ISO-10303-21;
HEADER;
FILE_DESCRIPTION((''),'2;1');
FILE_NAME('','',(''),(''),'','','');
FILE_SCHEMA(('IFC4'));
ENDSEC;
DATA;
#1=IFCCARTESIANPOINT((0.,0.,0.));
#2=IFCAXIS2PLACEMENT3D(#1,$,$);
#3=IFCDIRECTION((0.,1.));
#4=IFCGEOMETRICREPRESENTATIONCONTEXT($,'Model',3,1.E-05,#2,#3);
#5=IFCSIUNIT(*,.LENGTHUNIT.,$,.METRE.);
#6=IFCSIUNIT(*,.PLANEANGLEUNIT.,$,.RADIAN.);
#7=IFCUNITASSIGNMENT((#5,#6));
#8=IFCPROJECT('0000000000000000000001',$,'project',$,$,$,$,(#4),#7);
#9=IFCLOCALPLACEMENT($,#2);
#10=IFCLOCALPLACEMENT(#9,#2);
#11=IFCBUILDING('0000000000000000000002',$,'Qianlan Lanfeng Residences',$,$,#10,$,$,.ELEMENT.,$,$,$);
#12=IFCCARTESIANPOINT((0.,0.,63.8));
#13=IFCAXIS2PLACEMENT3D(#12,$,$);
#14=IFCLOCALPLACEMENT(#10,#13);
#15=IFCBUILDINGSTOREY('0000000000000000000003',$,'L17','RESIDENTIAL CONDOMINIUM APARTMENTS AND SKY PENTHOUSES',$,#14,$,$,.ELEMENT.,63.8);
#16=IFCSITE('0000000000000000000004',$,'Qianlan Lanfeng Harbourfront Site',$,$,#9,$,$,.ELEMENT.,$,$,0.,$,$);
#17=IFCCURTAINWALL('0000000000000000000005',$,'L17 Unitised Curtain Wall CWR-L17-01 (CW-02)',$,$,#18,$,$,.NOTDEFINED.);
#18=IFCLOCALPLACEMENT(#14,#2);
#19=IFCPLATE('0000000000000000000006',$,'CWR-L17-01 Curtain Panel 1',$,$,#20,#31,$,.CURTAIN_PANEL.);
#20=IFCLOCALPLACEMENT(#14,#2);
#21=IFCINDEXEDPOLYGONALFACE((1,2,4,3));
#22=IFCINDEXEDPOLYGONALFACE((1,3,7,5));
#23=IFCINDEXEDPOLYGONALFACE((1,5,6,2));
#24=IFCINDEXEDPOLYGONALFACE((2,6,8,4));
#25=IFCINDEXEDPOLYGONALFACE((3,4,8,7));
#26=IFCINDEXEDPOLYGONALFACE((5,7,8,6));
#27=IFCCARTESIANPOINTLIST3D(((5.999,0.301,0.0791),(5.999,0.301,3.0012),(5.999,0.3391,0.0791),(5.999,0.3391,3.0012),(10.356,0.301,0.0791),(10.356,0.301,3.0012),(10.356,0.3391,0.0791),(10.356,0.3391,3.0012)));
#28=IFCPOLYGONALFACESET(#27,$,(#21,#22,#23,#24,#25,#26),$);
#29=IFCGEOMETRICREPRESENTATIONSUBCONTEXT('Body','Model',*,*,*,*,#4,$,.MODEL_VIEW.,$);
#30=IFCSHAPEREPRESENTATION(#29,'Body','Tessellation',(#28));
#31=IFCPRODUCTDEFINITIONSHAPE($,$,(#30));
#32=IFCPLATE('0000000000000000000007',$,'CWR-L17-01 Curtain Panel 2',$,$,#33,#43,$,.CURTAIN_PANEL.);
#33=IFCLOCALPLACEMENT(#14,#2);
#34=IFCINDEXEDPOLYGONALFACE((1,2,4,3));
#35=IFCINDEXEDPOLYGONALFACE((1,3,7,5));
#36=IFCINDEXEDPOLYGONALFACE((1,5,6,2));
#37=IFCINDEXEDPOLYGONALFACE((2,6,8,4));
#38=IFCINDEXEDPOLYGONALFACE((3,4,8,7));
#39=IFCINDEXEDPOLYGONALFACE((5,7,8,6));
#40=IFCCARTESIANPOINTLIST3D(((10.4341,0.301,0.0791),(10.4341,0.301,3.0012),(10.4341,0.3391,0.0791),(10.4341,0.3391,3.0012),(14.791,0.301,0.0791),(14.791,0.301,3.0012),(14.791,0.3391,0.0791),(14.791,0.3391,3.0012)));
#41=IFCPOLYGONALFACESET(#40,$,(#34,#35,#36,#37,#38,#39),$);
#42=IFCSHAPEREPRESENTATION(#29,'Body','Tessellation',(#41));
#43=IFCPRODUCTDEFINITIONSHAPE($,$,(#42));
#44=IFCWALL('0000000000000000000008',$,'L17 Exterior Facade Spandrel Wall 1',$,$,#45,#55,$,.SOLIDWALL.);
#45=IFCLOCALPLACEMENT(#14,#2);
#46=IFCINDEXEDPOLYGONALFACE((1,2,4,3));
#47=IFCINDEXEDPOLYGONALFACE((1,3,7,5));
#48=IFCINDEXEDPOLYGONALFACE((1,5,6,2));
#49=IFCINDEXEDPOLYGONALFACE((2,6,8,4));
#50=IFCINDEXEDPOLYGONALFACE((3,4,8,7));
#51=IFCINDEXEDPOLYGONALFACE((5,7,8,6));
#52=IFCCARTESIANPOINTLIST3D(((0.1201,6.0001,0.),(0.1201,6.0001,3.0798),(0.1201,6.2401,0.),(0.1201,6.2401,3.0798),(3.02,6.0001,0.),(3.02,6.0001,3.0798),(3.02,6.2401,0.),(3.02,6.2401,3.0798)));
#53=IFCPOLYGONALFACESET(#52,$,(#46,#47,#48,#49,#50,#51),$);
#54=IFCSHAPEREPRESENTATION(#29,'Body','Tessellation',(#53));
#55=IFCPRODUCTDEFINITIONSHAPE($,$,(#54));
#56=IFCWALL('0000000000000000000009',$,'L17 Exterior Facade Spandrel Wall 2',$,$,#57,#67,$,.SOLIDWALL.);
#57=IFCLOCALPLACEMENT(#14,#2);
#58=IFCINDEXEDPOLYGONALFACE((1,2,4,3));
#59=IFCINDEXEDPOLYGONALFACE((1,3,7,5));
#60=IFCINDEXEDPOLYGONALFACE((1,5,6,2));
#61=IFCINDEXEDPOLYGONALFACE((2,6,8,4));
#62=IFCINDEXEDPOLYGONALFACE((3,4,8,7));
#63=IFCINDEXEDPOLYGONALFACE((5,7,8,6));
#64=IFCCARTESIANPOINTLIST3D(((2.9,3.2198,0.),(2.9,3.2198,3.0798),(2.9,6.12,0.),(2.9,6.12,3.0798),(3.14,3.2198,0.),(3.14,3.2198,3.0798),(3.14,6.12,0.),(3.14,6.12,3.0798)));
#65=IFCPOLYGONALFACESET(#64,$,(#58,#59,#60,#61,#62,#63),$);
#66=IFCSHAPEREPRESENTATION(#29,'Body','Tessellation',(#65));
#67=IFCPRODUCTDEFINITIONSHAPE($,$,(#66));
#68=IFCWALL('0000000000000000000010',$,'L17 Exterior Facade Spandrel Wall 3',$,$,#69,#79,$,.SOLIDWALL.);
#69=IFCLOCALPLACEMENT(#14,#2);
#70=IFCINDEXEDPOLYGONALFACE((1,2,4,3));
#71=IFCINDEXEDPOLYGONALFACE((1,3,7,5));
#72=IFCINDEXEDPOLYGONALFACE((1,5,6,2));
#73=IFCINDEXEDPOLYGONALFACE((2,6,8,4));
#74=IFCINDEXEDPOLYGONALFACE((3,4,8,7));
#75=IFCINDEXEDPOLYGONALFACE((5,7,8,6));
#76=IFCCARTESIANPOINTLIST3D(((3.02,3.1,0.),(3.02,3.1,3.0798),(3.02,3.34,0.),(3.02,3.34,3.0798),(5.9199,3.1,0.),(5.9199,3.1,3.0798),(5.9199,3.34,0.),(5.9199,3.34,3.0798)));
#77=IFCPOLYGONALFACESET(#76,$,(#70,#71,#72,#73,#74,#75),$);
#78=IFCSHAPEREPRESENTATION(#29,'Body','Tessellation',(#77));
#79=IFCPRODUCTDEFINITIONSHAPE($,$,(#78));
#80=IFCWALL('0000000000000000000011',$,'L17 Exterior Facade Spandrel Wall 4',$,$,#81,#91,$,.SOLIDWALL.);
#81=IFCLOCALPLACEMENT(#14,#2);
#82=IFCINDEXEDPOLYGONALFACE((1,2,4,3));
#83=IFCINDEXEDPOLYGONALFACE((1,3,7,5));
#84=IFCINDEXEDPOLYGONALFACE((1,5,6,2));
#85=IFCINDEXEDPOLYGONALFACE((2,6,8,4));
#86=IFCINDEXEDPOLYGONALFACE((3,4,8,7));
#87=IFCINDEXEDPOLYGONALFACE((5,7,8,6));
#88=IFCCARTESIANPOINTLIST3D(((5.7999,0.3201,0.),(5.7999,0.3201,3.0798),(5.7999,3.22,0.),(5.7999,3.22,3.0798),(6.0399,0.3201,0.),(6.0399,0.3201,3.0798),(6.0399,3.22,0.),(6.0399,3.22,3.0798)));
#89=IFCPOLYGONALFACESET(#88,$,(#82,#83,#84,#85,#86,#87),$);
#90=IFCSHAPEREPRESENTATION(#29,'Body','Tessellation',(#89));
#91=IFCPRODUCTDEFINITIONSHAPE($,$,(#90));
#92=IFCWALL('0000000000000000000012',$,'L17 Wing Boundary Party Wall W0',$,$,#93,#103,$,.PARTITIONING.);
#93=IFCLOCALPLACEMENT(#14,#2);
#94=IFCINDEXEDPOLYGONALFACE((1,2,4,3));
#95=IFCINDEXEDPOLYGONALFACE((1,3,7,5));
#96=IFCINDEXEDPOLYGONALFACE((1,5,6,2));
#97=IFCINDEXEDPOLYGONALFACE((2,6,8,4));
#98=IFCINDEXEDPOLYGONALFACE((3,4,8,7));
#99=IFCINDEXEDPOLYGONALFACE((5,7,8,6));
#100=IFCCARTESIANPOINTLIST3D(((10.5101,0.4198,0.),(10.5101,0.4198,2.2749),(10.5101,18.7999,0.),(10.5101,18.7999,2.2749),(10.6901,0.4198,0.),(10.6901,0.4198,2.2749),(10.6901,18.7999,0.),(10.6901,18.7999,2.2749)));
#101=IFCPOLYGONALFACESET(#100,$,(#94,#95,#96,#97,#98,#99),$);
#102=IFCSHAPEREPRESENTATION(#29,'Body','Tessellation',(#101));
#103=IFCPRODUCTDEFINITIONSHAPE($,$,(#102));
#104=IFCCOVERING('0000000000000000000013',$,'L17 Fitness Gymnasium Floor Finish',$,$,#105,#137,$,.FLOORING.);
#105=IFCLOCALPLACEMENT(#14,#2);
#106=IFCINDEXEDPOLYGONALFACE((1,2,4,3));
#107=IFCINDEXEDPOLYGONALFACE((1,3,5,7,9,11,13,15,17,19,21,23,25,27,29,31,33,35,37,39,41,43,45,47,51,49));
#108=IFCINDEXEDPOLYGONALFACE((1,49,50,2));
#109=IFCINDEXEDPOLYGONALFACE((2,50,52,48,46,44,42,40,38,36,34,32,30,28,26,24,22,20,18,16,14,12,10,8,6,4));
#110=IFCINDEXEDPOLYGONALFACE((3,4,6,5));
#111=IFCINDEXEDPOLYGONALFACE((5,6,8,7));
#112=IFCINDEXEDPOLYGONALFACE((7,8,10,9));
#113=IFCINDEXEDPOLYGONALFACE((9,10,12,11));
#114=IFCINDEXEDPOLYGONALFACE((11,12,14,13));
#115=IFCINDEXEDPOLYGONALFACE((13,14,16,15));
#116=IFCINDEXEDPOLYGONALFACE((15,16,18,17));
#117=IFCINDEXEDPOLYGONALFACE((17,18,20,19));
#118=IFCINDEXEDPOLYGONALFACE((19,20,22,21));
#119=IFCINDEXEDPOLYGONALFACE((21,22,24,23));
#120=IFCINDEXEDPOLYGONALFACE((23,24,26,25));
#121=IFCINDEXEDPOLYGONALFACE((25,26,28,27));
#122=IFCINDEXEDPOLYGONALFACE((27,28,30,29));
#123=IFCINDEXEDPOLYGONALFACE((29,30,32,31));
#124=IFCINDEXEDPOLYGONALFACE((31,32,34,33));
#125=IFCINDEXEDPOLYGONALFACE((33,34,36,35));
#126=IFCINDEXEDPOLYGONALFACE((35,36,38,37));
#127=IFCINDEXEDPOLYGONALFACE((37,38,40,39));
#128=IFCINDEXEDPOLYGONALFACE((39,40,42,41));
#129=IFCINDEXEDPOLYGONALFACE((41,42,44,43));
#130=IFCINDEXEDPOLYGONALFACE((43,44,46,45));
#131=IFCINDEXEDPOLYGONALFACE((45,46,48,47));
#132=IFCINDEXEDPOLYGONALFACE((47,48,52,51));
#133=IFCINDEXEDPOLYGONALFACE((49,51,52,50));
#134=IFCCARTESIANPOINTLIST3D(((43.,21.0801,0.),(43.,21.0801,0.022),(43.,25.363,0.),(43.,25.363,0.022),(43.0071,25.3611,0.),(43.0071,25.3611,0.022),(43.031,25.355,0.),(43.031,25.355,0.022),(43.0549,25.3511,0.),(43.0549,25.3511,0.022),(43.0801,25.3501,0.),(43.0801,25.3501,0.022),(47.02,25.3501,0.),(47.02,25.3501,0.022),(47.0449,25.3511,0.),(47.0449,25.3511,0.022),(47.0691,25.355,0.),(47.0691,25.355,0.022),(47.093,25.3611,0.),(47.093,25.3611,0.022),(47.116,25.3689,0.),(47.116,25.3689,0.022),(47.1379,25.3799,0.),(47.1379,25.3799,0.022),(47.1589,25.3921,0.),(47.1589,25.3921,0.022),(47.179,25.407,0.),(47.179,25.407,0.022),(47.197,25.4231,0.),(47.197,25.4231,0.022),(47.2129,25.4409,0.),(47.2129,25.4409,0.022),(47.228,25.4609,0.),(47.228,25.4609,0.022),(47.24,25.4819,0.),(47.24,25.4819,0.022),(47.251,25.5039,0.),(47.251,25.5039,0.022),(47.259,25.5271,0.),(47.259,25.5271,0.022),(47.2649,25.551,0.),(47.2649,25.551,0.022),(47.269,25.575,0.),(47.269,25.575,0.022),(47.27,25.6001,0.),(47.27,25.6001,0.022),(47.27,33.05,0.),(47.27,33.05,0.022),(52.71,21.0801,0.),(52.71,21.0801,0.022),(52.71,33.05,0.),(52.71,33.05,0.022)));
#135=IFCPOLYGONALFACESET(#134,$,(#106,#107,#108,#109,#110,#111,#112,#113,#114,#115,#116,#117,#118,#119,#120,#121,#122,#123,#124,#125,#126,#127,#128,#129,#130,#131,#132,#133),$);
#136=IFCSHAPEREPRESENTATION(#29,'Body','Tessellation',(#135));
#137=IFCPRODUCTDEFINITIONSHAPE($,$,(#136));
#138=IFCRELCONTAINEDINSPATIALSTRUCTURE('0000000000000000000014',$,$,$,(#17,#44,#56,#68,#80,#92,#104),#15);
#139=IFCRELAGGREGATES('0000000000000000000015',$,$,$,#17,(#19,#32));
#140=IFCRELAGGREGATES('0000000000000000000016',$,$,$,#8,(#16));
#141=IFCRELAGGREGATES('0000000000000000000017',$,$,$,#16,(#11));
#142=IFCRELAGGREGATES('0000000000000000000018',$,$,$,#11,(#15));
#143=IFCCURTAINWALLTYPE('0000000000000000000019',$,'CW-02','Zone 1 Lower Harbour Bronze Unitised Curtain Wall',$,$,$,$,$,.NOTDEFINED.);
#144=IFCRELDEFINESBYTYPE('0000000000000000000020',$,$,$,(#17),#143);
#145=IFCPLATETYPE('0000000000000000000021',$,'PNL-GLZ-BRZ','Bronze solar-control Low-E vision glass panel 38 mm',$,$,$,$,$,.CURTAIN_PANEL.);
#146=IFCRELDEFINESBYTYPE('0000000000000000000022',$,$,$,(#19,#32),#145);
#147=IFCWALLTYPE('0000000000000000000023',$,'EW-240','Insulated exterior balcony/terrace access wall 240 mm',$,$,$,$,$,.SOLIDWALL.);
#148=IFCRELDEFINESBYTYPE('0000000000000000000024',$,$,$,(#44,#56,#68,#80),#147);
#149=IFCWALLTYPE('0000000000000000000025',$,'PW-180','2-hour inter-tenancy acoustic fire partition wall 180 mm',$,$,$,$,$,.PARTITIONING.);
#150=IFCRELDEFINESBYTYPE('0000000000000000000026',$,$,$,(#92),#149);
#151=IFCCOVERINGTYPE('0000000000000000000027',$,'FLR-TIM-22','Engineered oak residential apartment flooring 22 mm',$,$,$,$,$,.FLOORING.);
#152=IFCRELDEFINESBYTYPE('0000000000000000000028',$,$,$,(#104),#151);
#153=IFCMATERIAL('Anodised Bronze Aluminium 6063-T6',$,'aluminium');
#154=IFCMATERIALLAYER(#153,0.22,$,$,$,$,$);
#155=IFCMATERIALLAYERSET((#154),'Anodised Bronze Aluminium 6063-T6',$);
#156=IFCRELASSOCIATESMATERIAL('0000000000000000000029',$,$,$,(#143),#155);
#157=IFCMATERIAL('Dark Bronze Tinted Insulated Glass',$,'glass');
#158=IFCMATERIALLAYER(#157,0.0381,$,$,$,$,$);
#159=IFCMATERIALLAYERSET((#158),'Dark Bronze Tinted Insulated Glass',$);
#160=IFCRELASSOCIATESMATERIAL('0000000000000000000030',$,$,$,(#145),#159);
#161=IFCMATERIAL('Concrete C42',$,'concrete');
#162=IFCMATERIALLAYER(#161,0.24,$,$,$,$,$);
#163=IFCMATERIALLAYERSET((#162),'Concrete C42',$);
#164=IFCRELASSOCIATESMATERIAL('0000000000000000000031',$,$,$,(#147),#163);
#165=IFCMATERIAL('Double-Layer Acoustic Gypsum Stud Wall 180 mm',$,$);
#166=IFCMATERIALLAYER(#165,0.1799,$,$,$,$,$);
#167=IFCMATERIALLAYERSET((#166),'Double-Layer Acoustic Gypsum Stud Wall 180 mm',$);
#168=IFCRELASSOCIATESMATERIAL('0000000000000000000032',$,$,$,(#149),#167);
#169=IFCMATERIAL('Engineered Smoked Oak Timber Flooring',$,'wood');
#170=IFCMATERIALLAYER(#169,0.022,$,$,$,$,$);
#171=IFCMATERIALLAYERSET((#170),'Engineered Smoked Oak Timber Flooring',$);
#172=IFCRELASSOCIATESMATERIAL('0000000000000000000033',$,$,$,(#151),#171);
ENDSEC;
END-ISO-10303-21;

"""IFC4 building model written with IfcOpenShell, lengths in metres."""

from ifc_helpers import new_model, si_unit, direction, frame, frame_2d, origin, origin_2d, place, context, subcontext, project, spatial, polyline, rectangle, outline, extrude, source, transform, mapped, material, layer, layer_set, type_object, element, aggregate, save


model = new_model("IFC4")

# Units and contexts
model_context = context("Model", 3, precision=1e-05, world=origin(), true_north=direction((0.0, 1.0)))
body_context = subcontext(model_context, "Body", "Model", "MODEL_VIEW")
ifc_project = project(units=[si_unit("LENGTHUNIT", "METRE"), si_unit("PLANEANGLEUNIT", "RADIAN")], contexts=[model_context])

# Site, building, storey
site_placement = place(None, origin())
site = spatial("IfcSite", under=ifc_project, at=site_placement, Name="Qianlan Lanfeng Harbourfront Site", CompositionType="ELEMENT", RefElevation=0.0)
building_placement = place(site_placement, origin())
building = spatial("IfcBuilding", under=site, at=building_placement, Name="Qianlan Lanfeng Residences", CompositionType="ELEMENT")
storey_placement = place(building_placement, frame((0.0, 0.0, 63.8)))
storey = spatial("IfcBuildingStorey", under=building, at=storey_placement, Name="L17", Description="RESIDENTIAL CONDOMINIUM APARTMENTS AND SKY PENTHOUSES", CompositionType="ELEMENT", Elevation=63.8)

# Shared definitions
ifc_material_1 = material(Name="Anodised Bronze Aluminium 6063-T6", Category="aluminium")
ifc_layer_1 = layer(ifc_material_1, 0.22)
ifc_layer_set_1 = layer_set([ifc_layer_1], Name="Anodised Bronze Aluminium 6063-T6")
curtain_wall_type = type_object("IfcCurtainWallType", Name="CW-02", Description="Zone 1 Lower Harbour Bronze Unitised Curtain Wall", PredefinedType="NOTDEFINED", material=ifc_layer_set_1)

# Curtain wall
curtain_wall_1_placement = place(storey_placement, origin())
curtain_wall_1 = element("IfcCurtainWall", 1, at=curtain_wall_1_placement, inside=storey, type_object=curtain_wall_type, Name="L17 Unitised Curtain Wall CWR-L17-01 (CW-02)", PredefinedType="NOTDEFINED")

# Plates
ifc_material_2 = material(Name="Dark Bronze Tinted Insulated Glass", Category="glass")
ifc_layer_2 = layer(ifc_material_2, 0.0381)
ifc_layer_set_2 = layer_set([ifc_layer_2], Name="Dark Bronze Tinted Insulated Glass")
plate_type = type_object("IfcPlateType", Name="PNL-GLZ-BRZ", Description="Bronze solar-control Low-E vision glass panel 38 mm", PredefinedType="CURTAIN_PANEL", material=ifc_layer_set_2)
shared_shape_1 = source(origin(), body_context, "Body", "SweptSolid", [
    extrude(rectangle(XDim=4.3569, YDim=0.0381, at=origin_2d()), origin(), (0.0, 0.0, 1.0), 2.9221),
])
plate_1_placement = place(storey_placement, frame((8.1775, 0.3201, 0.0791), z_axis=(0.0, 0.0, 1.0), x_axis=(1.0, 0.0, 0.0)))
plate_1 = element("IfcPlate", 2, at=plate_1_placement, type_object=plate_type, Name="CWR-L17-01 Curtain Panel 1", PredefinedType="CURTAIN_PANEL", context=body_context, shape_type="MappedRepresentation", body=[
    mapped(shared_shape_1, transform((0.0, 0.0, 0.0), scale=1.0)),
])
plate_2_placement = place(storey_placement, frame((12.6125, 0.3201, 0.0791), z_axis=(0.0, 0.0, 1.0), x_axis=(1.0, 0.0, 0.0)))
plate_2 = element("IfcPlate", 3, at=plate_2_placement, type_object=plate_type, Name="CWR-L17-01 Curtain Panel 2", PredefinedType="CURTAIN_PANEL", context=body_context, shape_type="MappedRepresentation", body=[
    mapped(shared_shape_1, transform((0.0, 0.0, 0.0), scale=1.0)),
])
aggregate(curtain_wall_1, [plate_1, plate_2])

# Walls
ifc_material_3 = material(Name="Concrete C42", Category="concrete")
ifc_layer_3 = layer(ifc_material_3, 0.24)
ifc_layer_set_3 = layer_set([ifc_layer_3], Name="Concrete C42")
wall_type_1 = type_object("IfcWallType", Name="EW-240", Description="Insulated exterior balcony/terrace access wall 240 mm", PredefinedType="SOLIDWALL", material=ifc_layer_set_3)
wall_1_placement = place(storey_placement, frame((0.1201, 6.1201, 0.0), z_axis=(0.0, 0.0, 1.0), x_axis=(1.0, 0.0, 0.0)))
element("IfcWall", 4, at=wall_1_placement, inside=storey, type_object=wall_type_1, Name="L17 Exterior Facade Spandrel Wall 1", PredefinedType="SOLIDWALL", context=body_context, shape_type="SweptSolid", body=[
    extrude(rectangle(XDim=2.8999, YDim=0.24, at=frame_2d((1.45, 0.0))), origin(), (0.0, 0.0, 1.0), 3.0798),
])
wall_2_placement = place(storey_placement, frame((3.02, 6.1201, 0.0), z_axis=(0.0, 0.0, 1.0), x_axis=(0.0, -1.0, 0.0)))
element("IfcWall", 5, at=wall_2_placement, inside=storey, type_object=wall_type_1, Name="L17 Exterior Facade Spandrel Wall 2", PredefinedType="SOLIDWALL", context=body_context, shape_type="SweptSolid", body=[
    extrude(rectangle(XDim=2.9001, YDim=0.24, at=frame_2d((1.4502, 0.0))), origin(), (0.0, 0.0, 1.0), 3.0798),
])
for number, where, z_axis, x_axis, name in (
    (6, (3.02, 3.22, 0.0), (0.0, 0.0, 1.0), (1.0, 0.0, 0.0), "L17 Exterior Facade Spandrel Wall 3"),
    (7, (5.9199, 3.22, 0.0), (0.0, 0.0, 1.0), (0.0, -1.0, 0.0), "L17 Exterior Facade Spandrel Wall 4"),
):
    element("IfcWall", number, at=place(storey_placement, frame(where, z_axis=z_axis, x_axis=x_axis)), inside=storey, type_object=wall_type_1, Name=name, PredefinedType="SOLIDWALL", context=body_context, shape_type="SweptSolid", body=[
        extrude(rectangle(XDim=2.8999, YDim=0.24, at=frame_2d((1.45, 0.0))), origin(), (0.0, 0.0, 1.0), 3.0798),
    ])
ifc_material_4 = material(Name="Double-Layer Acoustic Gypsum Stud Wall 180 mm")
ifc_layer_4 = layer(ifc_material_4, 0.1799)
ifc_layer_set_4 = layer_set([ifc_layer_4], Name="Double-Layer Acoustic Gypsum Stud Wall 180 mm")
wall_type_2 = type_object("IfcWallType", Name="PW-180", Description="2-hour inter-tenancy acoustic fire partition wall 180 mm", PredefinedType="PARTITIONING", material=ifc_layer_set_4)
wall_3_placement = place(storey_placement, frame((10.6001, 0.4199, 0.0), z_axis=(0.0, 0.0, 1.0), x_axis=(0.0, 1.0, 0.0)))
element("IfcWall", 8, at=wall_3_placement, inside=storey, type_object=wall_type_2, Name="L17 Wing Boundary Party Wall W0", PredefinedType="PARTITIONING", context=body_context, shape_type="SweptSolid", body=[
    extrude(rectangle(XDim=18.3801, YDim=0.1799, at=frame_2d((9.1899, 0.0))), origin(), (0.0, 0.0, 1.0), 2.2749),
])

# Covering
ifc_material_5 = material(Name="Engineered Smoked Oak Timber Flooring", Category="wood")
ifc_layer_5 = layer(ifc_material_5, 0.022)
ifc_layer_set_5 = layer_set([ifc_layer_5], Name="Engineered Smoked Oak Timber Flooring")
covering_type = type_object("IfcCoveringType", Name="FLR-TIM-22", Description="Engineered oak residential apartment flooring 22 mm", PredefinedType="FLOORING", material=ifc_layer_set_5)
covering_1_placement = place(storey_placement, origin())
element("IfcCovering", 9, at=covering_1_placement, inside=storey, type_object=covering_type, Name="L17 Fitness Gymnasium Floor Finish", PredefinedType="FLOORING", context=body_context, shape_type="SweptSolid", body=[
    extrude(outline(polyline([(52.71, 33.05), (47.27, 33.05), (47.27, 25.6001), (47.269, 25.575), (47.2649, 25.551), (47.259, 25.5271), (47.251, 25.5039), (47.24, 25.4819), (47.228, 25.4609), (47.2129, 25.4409), (47.197, 25.4231), (47.179, 25.407), (47.1589, 25.3921), (47.1379, 25.3799), (47.116, 25.3689), (47.093, 25.3611), (47.0691, 25.355), (47.0449, 25.3511), (47.02, 25.3501), (43.0801, 25.3501), (43.0549, 25.3511), (43.031, 25.355), (43.0071, 25.3611), (43.0, 25.363), (43.0, 21.0801), (52.71, 21.0801), (52.71, 33.05)])), origin(), (0.0, 0.0, 1.0), 0.022),
])

save(model, "model.ifc")
